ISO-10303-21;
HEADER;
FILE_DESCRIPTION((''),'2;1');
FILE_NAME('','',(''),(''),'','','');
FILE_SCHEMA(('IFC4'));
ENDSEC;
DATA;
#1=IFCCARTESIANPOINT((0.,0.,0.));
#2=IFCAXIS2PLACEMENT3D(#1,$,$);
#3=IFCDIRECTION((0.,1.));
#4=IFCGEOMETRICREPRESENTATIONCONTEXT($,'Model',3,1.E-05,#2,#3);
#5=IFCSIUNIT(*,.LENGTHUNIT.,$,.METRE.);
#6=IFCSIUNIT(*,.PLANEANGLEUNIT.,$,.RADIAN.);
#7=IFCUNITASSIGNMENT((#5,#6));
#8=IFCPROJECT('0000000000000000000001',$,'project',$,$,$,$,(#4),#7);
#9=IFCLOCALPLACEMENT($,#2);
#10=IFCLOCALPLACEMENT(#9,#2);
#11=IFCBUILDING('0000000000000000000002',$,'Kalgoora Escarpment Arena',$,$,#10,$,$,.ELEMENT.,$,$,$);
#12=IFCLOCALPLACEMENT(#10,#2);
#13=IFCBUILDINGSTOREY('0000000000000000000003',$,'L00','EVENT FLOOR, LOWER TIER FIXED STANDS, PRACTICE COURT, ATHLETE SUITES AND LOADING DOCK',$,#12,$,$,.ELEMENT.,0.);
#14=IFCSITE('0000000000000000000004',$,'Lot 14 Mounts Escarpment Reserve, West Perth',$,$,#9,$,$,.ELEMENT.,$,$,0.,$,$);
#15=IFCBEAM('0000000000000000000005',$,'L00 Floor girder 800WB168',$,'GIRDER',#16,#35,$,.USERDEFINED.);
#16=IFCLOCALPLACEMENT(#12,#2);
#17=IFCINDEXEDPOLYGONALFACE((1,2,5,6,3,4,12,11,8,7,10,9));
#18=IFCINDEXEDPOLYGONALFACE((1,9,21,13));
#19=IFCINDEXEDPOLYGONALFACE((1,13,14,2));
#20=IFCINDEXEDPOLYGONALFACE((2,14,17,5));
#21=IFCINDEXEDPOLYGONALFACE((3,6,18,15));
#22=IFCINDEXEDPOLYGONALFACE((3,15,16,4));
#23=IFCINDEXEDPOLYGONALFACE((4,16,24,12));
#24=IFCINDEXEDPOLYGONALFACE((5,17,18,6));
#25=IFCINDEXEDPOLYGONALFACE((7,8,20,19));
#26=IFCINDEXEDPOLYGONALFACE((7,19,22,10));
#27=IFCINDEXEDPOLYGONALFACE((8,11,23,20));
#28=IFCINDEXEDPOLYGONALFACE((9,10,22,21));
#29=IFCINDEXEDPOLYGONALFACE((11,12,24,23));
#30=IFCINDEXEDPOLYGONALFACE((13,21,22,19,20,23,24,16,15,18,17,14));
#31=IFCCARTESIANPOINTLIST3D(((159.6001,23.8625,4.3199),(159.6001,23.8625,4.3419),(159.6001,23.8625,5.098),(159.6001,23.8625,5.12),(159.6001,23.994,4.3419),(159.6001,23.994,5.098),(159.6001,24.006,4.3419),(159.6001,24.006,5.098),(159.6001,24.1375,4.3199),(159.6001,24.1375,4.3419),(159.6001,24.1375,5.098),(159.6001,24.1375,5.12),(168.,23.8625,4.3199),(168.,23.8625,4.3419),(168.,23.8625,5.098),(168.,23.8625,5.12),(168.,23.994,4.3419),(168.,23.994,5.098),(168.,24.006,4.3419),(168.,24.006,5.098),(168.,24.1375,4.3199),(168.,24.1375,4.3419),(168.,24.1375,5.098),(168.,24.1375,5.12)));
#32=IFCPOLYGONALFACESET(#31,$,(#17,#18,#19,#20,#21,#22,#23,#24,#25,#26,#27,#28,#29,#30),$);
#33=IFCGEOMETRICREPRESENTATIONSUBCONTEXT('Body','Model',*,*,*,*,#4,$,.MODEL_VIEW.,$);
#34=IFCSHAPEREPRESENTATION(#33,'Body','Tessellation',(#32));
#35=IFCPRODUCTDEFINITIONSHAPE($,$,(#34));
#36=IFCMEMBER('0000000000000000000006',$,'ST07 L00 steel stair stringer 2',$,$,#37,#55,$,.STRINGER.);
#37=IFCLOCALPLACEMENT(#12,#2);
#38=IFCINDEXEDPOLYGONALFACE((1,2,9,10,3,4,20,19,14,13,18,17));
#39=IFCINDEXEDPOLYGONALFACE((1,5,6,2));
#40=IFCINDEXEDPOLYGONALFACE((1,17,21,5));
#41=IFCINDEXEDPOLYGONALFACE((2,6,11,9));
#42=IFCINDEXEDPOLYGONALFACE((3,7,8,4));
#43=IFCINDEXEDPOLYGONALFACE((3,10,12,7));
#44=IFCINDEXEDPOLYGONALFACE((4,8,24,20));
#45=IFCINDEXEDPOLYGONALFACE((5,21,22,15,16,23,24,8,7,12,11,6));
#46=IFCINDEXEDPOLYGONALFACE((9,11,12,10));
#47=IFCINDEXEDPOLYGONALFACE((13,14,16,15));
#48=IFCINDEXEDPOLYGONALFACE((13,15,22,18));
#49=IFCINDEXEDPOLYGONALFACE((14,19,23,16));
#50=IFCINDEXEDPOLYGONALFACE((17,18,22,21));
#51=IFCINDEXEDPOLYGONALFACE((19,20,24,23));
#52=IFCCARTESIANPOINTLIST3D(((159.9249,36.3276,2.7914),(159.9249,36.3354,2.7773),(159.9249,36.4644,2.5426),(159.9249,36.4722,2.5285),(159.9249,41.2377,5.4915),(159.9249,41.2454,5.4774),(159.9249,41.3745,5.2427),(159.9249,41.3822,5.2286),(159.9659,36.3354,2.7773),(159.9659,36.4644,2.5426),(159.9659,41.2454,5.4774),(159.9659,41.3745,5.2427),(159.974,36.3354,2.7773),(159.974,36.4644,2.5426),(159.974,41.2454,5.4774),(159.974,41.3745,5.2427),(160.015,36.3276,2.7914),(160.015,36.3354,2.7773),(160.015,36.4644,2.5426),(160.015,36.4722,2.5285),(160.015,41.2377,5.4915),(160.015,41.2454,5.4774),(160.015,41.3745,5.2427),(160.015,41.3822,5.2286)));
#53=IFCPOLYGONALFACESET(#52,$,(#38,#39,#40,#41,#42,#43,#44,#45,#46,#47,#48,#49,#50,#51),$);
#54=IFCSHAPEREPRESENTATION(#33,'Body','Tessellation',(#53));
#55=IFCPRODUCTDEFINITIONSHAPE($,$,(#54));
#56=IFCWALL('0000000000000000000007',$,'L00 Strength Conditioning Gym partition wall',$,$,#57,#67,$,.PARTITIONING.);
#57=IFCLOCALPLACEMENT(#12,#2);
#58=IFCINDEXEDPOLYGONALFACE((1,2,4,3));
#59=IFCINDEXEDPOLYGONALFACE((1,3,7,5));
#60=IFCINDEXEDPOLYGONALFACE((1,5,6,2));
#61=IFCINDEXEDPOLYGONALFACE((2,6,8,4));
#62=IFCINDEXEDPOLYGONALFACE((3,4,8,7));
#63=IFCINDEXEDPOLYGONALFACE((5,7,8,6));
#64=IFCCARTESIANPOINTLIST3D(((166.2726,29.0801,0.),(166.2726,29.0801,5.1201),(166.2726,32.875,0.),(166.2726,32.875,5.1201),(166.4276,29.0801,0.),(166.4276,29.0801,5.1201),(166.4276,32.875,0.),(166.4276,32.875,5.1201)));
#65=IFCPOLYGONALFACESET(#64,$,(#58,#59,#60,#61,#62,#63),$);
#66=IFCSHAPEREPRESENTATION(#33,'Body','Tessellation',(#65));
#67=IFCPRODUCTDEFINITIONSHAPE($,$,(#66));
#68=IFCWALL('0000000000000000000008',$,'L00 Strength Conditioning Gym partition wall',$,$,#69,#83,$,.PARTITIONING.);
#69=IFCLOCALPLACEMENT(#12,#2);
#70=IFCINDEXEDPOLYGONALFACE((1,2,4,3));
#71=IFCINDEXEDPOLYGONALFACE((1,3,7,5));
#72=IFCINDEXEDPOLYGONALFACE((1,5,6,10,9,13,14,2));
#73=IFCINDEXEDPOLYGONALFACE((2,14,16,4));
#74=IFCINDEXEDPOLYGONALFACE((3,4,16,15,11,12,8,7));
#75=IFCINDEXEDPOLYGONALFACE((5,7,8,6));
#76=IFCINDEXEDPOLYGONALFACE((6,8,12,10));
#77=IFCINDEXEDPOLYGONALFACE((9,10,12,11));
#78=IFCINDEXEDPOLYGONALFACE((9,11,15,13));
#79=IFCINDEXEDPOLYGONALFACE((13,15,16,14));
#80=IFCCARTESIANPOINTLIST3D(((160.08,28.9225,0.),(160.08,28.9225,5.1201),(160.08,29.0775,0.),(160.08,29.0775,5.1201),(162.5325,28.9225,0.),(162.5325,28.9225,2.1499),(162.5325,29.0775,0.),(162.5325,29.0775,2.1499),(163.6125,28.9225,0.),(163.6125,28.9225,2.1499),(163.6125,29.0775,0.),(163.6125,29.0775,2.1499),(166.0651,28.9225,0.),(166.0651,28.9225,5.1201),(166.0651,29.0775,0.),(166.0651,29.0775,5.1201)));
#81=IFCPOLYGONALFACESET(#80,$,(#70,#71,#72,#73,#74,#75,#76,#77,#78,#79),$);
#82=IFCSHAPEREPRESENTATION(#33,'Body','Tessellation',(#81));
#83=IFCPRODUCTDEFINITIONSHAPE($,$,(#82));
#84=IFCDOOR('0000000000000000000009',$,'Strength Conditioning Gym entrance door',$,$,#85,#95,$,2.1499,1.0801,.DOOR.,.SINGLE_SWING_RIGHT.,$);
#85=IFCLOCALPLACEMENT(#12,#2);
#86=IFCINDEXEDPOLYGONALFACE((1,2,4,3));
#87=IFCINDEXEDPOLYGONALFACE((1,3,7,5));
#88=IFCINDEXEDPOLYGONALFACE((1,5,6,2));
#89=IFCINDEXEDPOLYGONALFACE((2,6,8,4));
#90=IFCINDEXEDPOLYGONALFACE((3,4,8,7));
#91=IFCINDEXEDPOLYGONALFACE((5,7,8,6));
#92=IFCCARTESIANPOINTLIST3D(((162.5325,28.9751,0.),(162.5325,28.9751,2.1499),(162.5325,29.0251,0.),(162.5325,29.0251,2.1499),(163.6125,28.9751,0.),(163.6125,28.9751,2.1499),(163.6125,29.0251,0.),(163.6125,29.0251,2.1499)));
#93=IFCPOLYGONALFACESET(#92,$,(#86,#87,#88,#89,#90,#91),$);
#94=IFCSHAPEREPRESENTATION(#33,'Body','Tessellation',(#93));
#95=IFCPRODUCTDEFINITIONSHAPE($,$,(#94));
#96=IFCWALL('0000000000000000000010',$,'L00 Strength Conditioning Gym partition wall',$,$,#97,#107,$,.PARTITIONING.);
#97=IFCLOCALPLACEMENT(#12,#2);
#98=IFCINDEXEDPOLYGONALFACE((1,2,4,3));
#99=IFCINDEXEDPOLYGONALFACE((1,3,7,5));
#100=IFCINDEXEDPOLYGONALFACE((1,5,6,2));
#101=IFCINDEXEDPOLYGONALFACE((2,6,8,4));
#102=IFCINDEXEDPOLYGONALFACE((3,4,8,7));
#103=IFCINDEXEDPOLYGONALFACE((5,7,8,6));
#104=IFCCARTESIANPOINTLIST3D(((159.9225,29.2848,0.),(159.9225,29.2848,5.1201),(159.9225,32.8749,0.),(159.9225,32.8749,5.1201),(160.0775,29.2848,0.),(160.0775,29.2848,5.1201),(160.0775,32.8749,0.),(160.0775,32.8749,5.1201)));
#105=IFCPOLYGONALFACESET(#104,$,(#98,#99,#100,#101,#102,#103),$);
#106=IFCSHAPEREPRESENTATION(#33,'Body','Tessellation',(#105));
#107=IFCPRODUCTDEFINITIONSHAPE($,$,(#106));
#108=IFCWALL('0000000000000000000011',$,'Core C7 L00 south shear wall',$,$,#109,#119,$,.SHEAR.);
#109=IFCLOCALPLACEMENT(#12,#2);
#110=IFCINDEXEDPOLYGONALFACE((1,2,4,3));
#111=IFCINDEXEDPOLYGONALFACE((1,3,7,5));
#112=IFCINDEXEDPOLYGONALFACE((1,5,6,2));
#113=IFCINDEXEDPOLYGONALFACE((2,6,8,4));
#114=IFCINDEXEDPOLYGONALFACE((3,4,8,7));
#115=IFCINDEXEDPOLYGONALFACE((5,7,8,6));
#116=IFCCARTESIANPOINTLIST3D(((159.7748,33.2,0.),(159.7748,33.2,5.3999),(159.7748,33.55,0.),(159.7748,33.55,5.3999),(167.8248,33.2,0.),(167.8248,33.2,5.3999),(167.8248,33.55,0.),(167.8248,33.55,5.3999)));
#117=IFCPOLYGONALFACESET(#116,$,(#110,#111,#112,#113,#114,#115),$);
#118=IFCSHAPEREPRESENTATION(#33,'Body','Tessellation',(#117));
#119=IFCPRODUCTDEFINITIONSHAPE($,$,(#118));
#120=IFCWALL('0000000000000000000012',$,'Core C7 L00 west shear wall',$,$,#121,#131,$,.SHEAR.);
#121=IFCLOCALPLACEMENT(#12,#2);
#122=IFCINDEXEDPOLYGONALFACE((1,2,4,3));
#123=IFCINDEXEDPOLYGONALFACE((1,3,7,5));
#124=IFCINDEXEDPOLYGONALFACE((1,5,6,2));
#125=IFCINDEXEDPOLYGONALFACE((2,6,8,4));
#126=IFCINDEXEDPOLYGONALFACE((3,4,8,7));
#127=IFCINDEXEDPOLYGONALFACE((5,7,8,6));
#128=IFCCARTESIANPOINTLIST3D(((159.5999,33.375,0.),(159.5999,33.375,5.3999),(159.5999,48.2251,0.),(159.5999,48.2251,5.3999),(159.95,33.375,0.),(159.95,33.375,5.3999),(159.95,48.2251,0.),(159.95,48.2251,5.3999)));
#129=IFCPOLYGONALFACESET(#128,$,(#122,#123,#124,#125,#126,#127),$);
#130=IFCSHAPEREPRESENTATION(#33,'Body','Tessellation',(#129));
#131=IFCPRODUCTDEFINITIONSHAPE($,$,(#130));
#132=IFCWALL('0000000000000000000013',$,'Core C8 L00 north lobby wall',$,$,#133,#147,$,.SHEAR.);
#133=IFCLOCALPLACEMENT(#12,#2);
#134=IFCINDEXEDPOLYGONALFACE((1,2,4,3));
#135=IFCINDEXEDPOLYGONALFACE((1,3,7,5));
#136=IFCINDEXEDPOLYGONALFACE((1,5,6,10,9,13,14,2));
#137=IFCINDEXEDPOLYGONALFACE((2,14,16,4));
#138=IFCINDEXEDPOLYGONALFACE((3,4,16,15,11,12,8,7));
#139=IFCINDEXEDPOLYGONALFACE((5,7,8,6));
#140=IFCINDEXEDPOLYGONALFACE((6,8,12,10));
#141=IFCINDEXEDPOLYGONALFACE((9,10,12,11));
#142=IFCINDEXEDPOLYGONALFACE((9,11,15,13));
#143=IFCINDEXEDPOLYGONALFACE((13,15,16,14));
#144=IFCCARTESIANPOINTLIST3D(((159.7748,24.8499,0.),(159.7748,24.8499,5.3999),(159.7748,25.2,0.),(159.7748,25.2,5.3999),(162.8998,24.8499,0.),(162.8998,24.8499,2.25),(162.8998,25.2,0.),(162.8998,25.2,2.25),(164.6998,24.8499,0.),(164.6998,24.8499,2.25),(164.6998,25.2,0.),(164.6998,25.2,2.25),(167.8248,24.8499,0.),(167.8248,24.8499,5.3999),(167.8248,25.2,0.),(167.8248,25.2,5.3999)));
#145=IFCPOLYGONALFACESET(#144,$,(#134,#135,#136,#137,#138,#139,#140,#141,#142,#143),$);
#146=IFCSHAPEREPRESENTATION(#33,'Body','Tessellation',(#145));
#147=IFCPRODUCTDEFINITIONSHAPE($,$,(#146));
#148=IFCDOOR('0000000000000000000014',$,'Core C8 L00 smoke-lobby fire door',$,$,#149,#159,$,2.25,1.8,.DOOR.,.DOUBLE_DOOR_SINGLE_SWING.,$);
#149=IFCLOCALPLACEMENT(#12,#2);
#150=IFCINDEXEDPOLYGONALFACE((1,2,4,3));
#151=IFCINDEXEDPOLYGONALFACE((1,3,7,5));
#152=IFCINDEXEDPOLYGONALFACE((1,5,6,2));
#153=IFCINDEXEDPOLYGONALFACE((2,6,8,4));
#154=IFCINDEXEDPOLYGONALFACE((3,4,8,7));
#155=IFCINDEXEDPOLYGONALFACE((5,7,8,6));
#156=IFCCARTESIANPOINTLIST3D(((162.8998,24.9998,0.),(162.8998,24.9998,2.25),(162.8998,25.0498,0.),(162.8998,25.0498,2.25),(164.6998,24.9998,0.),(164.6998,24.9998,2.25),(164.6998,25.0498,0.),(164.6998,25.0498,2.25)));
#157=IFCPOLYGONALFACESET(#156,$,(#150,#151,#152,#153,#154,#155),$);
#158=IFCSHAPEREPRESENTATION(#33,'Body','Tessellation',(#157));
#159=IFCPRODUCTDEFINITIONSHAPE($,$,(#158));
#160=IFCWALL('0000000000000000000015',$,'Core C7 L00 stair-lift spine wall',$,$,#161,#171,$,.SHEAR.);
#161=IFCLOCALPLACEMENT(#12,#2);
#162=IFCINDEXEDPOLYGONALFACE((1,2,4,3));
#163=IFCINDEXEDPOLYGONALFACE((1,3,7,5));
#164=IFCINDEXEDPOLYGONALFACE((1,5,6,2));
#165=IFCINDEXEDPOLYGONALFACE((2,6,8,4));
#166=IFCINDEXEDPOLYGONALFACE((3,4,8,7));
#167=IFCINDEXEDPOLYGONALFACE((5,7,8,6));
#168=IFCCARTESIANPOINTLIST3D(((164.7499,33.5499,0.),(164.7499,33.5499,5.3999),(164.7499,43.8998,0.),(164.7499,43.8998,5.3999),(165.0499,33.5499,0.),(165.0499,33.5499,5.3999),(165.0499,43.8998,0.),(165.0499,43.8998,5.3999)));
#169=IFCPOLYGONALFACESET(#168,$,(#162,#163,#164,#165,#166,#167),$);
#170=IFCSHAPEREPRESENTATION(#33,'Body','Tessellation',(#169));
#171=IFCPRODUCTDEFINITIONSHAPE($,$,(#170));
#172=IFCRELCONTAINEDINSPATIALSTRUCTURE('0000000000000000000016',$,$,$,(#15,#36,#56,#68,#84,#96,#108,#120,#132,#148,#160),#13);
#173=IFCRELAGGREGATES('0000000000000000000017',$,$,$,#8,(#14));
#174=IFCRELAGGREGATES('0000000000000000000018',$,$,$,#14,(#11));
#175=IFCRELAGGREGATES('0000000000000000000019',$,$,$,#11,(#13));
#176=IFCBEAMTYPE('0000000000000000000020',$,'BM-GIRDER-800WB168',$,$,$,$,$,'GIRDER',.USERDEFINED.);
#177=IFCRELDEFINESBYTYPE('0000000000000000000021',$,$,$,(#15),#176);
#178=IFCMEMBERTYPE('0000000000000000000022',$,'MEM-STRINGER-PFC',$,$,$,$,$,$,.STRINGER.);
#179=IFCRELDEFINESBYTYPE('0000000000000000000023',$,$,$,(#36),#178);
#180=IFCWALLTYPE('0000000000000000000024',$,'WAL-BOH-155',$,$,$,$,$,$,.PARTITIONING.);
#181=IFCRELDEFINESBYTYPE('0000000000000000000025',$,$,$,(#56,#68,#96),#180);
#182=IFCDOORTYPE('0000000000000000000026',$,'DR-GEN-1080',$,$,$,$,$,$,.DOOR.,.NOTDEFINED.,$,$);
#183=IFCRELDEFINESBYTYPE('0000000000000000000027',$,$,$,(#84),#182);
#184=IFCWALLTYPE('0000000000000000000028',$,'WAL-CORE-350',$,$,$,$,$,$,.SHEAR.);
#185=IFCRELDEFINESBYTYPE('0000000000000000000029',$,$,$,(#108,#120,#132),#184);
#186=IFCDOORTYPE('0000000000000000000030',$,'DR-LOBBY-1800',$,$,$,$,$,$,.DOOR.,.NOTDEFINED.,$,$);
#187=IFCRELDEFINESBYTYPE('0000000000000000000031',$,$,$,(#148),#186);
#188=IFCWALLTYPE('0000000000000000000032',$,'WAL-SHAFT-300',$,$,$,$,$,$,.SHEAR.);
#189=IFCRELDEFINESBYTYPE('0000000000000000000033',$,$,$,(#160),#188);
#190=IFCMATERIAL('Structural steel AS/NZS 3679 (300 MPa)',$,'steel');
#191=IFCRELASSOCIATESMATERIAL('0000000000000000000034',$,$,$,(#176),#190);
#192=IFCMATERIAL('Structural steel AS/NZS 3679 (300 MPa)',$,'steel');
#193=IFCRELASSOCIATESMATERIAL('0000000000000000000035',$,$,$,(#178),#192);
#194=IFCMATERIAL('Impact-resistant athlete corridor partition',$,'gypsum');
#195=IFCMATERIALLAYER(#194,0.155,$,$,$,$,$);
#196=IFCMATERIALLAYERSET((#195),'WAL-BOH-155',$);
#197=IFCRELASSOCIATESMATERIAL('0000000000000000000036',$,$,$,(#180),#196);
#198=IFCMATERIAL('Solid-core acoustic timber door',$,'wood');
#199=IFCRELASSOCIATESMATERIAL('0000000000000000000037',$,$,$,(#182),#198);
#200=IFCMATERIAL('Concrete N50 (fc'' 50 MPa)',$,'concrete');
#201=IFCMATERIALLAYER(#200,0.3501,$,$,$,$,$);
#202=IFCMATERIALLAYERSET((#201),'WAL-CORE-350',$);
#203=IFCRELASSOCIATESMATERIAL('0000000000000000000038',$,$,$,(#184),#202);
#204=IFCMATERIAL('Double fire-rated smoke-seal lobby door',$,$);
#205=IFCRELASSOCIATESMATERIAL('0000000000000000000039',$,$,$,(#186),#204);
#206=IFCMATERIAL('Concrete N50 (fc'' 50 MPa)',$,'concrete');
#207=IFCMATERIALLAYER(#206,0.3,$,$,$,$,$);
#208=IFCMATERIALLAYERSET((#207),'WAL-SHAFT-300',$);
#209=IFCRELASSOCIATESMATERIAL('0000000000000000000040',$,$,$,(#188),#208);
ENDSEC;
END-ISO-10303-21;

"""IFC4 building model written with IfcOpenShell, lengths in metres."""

from ifc_helpers import new_model, si_unit, direction, frame, frame_2d, origin, origin_2d, place, context, subcontext, project, spatial, rectangle, i_section, extrude, material, layer, layer_set, material_profile, profile_set, type_object, element, fill, save


model = new_model("IFC4")

# Units and contexts
model_context = context("Model", 3, precision=1e-05, world=origin(), true_north=direction((0.0, 1.0)))
body_context = subcontext(model_context, "Body", "Model", "MODEL_VIEW")
ifc_project = project(units=[si_unit("LENGTHUNIT", "METRE"), si_unit("PLANEANGLEUNIT", "RADIAN")], contexts=[model_context])

# Site, building, storey
site_placement = place(None, origin())
site = spatial("IfcSite", under=ifc_project, at=site_placement, Name="Lot 14 Mounts Escarpment Reserve, West Perth", CompositionType="ELEMENT", RefElevation=0.0)
building_placement = place(site_placement, origin())
building = spatial("IfcBuilding", under=site, at=building_placement, Name="Kalgoora Escarpment Arena", CompositionType="ELEMENT")
storey_placement = place(building_placement, origin())
storey = spatial("IfcBuildingStorey", under=building, at=storey_placement, Name="L00", Description="EVENT FLOOR, LOWER TIER FIXED STANDS, PRACTICE COURT, ATHLETE SUITES AND LOADING DOCK", CompositionType="ELEMENT", Elevation=0.0)

# Beam
ifc_material_1 = material(Name="Structural steel AS/NZS 3679 (300 MPa)", Category="steel")
ifc_material_profile_1 = material_profile(ifc_material_1, i_section(OverallWidth=0.2749, OverallDepth=0.8, WebThickness=0.012, FlangeThickness=0.022, at=origin_2d()))
ifc_profile_set_1 = profile_set([ifc_material_profile_1], Name="Structural steel AS/NZS 3679 (300 MPa)")
beam_type = type_object("IfcBeamType", Name="BM-GIRDER-800WB168", ElementType="GIRDER", PredefinedType="USERDEFINED", material=ifc_profile_set_1)
beam_placement = place(storey_placement, frame((159.6001, 24.0, 4.72), z_axis=(1.0, 0.0, 0.0), x_axis=(0.0, 1.0, 0.0)))
element("IfcBeam", 1, at=beam_placement, inside=storey, type_object=beam_type, Name="L00 Floor girder 800WB168", ObjectType="GIRDER", PredefinedType="USERDEFINED", context=body_context, shape_type="SweptSolid", body=[
    extrude(i_section(OverallWidth=0.2749, OverallDepth=0.8, WebThickness=0.012, FlangeThickness=0.022, at=origin_2d()), origin(), (0.0, 0.0, 1.0), 8.3999),
])

# Member
ifc_material_2 = material(Name="Structural steel AS/NZS 3679 (300 MPa)", Category="steel")
ifc_material_profile_2 = material_profile(ifc_material_2, i_section(OverallWidth=0.0901, OverallDepth=0.3, WebThickness=0.0081, FlangeThickness=0.0161, at=origin_2d()))
ifc_profile_set_2 = profile_set([ifc_material_profile_2], Name="Structural steel AS/NZS 3679 (300 MPa)")
member_type = type_object("IfcMemberType", Name="MEM-STRINGER-PFC", PredefinedType="STRINGER", material=ifc_profile_set_2)
member_placement = place(storey_placement, frame((159.97, 36.3999, 2.6599), z_axis=(0.0, 0.876245, 0.481865), x_axis=(-1.0, 0.0, 0.0)))
element("IfcMember", 2, at=member_placement, inside=storey, type_object=member_type, Name="ST07 L00 steel stair stringer 2", PredefinedType="STRINGER", context=body_context, shape_type="SweptSolid", body=[
    extrude(i_section(OverallWidth=0.0901, OverallDepth=0.3, WebThickness=0.0081, FlangeThickness=0.0161, at=origin_2d()), origin(), (0.0, 0.0, 1.0), 5.6035),
])

# Wall
ifc_material_3 = material(Name="Impact-resistant athlete corridor partition", Category="gypsum")
ifc_layer_1 = layer(ifc_material_3, 0.155)
ifc_layer_set_1 = layer_set([ifc_layer_1], Name="WAL-BOH-155")
wall_type_1 = type_object("IfcWallType", Name="WAL-BOH-155", PredefinedType="PARTITIONING", material=ifc_layer_set_1)
wall_1_placement = place(storey_placement, frame((166.3501, 32.875, 0.0), z_axis=(0.0, 0.0, 1.0), x_axis=(0.0, -1.0, 0.0)))
element("IfcWall", 3, at=wall_1_placement, inside=storey, type_object=wall_type_1, Name="L00 Strength Conditioning Gym partition wall", PredefinedType="PARTITIONING", context=body_context, shape_type="SweptSolid", body=[
    extrude(rectangle(XDim=3.7949, YDim=0.155, at=frame_2d((1.8975, 0.0))), origin(), (0.0, 0.0, 1.0), 5.1201),
])

# Wall, opening, door
wall_2_placement = place(storey_placement, frame((166.0652, 29.0, 0.0), z_axis=(0.0, 0.0, 1.0), x_axis=(-1.0, 0.0, 0.0)))
wall_2 = element("IfcWall", 4, at=wall_2_placement, inside=storey, type_object=wall_type_1, Name="L00 Strength Conditioning Gym partition wall", PredefinedType="PARTITIONING", context=body_context, shape_type="SweptSolid", body=[
    extrude(rectangle(XDim=5.9851, YDim=0.155, at=frame_2d((2.9927, 0.0))), origin(), (0.0, 0.0, 1.0), 5.1201),
])
opening_1_placement = place(wall_2_placement, frame((2.4526, 0.0, 0.0)))
opening_1 = element("IfcOpeningElement", 5, at=opening_1_placement, cuts=wall_2, PredefinedType="OPENING", context=body_context, shape_type="SweptSolid", body=[
    extrude(rectangle(XDim=1.0801, YDim=2.1499, at=frame_2d((0.54, 1.075))), frame((0.0, 0.0874, 0.0), z_axis=(0.0, -1.0, 0.0), x_axis=(1.0, 0.0, 0.0)), (0.0, 0.0, 1.0), 0.175),
])
ifc_material_4 = material(Name="Solid-core acoustic timber door", Category="wood")
door_type_1 = type_object("IfcDoorType", Name="DR-GEN-1080", OperationType="NOTDEFINED", PredefinedType="DOOR", material=ifc_material_4)
door_1_placement = place(opening_1_placement, origin())
door_1 = element("IfcDoor", 6, at=door_1_placement, inside=storey, type_object=door_type_1, Name="Strength Conditioning Gym entrance door", OperationType="SINGLE_SWING_RIGHT", OverallHeight=2.1499, OverallWidth=1.0801, PredefinedType="DOOR", context=body_context, shape_type="SweptSolid", body=[
    extrude(rectangle(XDim=1.0801, YDim=2.1499, at=frame_2d((0.54, 1.075))), frame((0.0, 0.0249, 0.0), z_axis=(0.0, -1.0, 0.0), x_axis=(1.0, 0.0, 0.0)), (0.0, 0.0, 1.0), 0.05),
])
fill(opening_1, door_1)

# Walls
wall_3_placement = place(storey_placement, frame((160.0, 29.2849, 0.0), z_axis=(0.0, 0.0, 1.0), x_axis=(0.0, 1.0, 0.0)))
element("IfcWall", 7, at=wall_3_placement, inside=storey, type_object=wall_type_1, Name="L00 Strength Conditioning Gym partition wall", PredefinedType="PARTITIONING", context=body_context, shape_type="SweptSolid", body=[
    extrude(rectangle(XDim=3.5901, YDim=0.155, at=frame_2d((1.7949, 0.0))), origin(), (0.0, 0.0, 1.0), 5.1201),
])
ifc_material_5 = material(Name="Concrete N50 (fc' 50 MPa)", Category="concrete")
ifc_layer_2 = layer(ifc_material_5, 0.3501)
ifc_layer_set_2 = layer_set([ifc_layer_2], Name="WAL-CORE-350")
wall_type_2 = type_object("IfcWallType", Name="WAL-CORE-350", PredefinedType="SHEAR", material=ifc_layer_set_2)
wall_4_placement = place(storey_placement, frame((159.7749, 33.375, 0.0), z_axis=(0.0, 0.0, 1.0), x_axis=(1.0, 0.0, 0.0)))
element("IfcWall", 8, at=wall_4_placement, inside=storey, type_object=wall_type_2, Name="Core C7 L00 south shear wall", PredefinedType="SHEAR", context=body_context, shape_type="SweptSolid", body=[
    extrude(rectangle(XDim=8.05, YDim=0.3501, at=frame_2d((4.0249, 0.0))), origin(), (0.0, 0.0, 1.0), 5.3999),
])
wall_5_placement = place(storey_placement, frame((159.7749, 33.375, 0.0), z_axis=(0.0, 0.0, 1.0), x_axis=(0.0, 1.0, 0.0)))
element("IfcWall", 9, at=wall_5_placement, inside=storey, type_object=wall_type_2, Name="Core C7 L00 west shear wall", PredefinedType="SHEAR", context=body_context, shape_type="SweptSolid", body=[
    extrude(rectangle(XDim=14.8501, YDim=0.3501, at=frame_2d((7.425, 0.0))), origin(), (0.0, 0.0, 1.0), 5.3999),
])

# Wall, opening, door
wall_6_placement = place(storey_placement, frame((159.7749, 25.0249, 0.0), z_axis=(0.0, 0.0, 1.0), x_axis=(1.0, 0.0, 0.0)))
wall_6 = element("IfcWall", 10, at=wall_6_placement, inside=storey, type_object=wall_type_2, Name="Core C8 L00 north lobby wall", PredefinedType="SHEAR", context=body_context, shape_type="SweptSolid", body=[
    extrude(rectangle(XDim=8.05, YDim=0.3501, at=frame_2d((4.0249, 0.0))), origin(), (0.0, 0.0, 1.0), 5.3999),
])
opening_2_placement = place(wall_6_placement, frame((3.125, 0.0, 0.0)))
opening_2 = element("IfcOpeningElement", 11, at=opening_2_placement, cuts=wall_6, PredefinedType="OPENING", context=body_context, shape_type="SweptSolid", body=[
    extrude(rectangle(XDim=1.8, YDim=2.25, at=frame_2d((0.8999, 1.125))), frame((0.0, 0.1851, 0.0), z_axis=(0.0, -1.0, 0.0), x_axis=(1.0, 0.0, 0.0)), (0.0, 0.0, 1.0), 0.3701),
])
ifc_material_6 = material(Name="Double fire-rated smoke-seal lobby door")
door_type_2 = type_object("IfcDoorType", Name="DR-LOBBY-1800", OperationType="NOTDEFINED", PredefinedType="DOOR", material=ifc_material_6)
door_2_placement = place(opening_2_placement, origin())
door_2 = element("IfcDoor", 12, at=door_2_placement, inside=storey, type_object=door_type_2, Name="Core C8 L00 smoke-lobby fire door", OperationType="DOUBLE_DOOR_SINGLE_SWING", OverallHeight=2.25, OverallWidth=1.8, PredefinedType="DOOR", context=body_context, shape_type="SweptSolid", body=[
    extrude(rectangle(XDim=1.8, YDim=2.25, at=frame_2d((0.8999, 1.125))), frame((0.0, 0.0249, 0.0), z_axis=(0.0, -1.0, 0.0), x_axis=(1.0, 0.0, 0.0)), (0.0, 0.0, 1.0), 0.05),
])
fill(opening_2, door_2)

# Wall
ifc_material_7 = material(Name="Concrete N50 (fc' 50 MPa)", Category="concrete")
ifc_layer_3 = layer(ifc_material_7, 0.3)
ifc_layer_set_3 = layer_set([ifc_layer_3], Name="WAL-SHAFT-300")
wall_type_3 = type_object("IfcWallType", Name="WAL-SHAFT-300", PredefinedType="SHEAR", material=ifc_layer_set_3)
wall_7_placement = place(storey_placement, frame((164.8999, 33.55, 0.0), z_axis=(0.0, 0.0, 1.0), x_axis=(0.0, 1.0, 0.0)))
element("IfcWall", 13, at=wall_7_placement, inside=storey, type_object=wall_type_3, Name="Core C7 L00 stair-lift spine wall", PredefinedType="SHEAR", context=body_context, shape_type="SweptSolid", body=[
    extrude(rectangle(XDim=10.3499, YDim=0.3, at=frame_2d((5.1748, 0.0))), origin(), (0.0, 0.0, 1.0), 5.3999),
])

save(model, "model.ifc")
